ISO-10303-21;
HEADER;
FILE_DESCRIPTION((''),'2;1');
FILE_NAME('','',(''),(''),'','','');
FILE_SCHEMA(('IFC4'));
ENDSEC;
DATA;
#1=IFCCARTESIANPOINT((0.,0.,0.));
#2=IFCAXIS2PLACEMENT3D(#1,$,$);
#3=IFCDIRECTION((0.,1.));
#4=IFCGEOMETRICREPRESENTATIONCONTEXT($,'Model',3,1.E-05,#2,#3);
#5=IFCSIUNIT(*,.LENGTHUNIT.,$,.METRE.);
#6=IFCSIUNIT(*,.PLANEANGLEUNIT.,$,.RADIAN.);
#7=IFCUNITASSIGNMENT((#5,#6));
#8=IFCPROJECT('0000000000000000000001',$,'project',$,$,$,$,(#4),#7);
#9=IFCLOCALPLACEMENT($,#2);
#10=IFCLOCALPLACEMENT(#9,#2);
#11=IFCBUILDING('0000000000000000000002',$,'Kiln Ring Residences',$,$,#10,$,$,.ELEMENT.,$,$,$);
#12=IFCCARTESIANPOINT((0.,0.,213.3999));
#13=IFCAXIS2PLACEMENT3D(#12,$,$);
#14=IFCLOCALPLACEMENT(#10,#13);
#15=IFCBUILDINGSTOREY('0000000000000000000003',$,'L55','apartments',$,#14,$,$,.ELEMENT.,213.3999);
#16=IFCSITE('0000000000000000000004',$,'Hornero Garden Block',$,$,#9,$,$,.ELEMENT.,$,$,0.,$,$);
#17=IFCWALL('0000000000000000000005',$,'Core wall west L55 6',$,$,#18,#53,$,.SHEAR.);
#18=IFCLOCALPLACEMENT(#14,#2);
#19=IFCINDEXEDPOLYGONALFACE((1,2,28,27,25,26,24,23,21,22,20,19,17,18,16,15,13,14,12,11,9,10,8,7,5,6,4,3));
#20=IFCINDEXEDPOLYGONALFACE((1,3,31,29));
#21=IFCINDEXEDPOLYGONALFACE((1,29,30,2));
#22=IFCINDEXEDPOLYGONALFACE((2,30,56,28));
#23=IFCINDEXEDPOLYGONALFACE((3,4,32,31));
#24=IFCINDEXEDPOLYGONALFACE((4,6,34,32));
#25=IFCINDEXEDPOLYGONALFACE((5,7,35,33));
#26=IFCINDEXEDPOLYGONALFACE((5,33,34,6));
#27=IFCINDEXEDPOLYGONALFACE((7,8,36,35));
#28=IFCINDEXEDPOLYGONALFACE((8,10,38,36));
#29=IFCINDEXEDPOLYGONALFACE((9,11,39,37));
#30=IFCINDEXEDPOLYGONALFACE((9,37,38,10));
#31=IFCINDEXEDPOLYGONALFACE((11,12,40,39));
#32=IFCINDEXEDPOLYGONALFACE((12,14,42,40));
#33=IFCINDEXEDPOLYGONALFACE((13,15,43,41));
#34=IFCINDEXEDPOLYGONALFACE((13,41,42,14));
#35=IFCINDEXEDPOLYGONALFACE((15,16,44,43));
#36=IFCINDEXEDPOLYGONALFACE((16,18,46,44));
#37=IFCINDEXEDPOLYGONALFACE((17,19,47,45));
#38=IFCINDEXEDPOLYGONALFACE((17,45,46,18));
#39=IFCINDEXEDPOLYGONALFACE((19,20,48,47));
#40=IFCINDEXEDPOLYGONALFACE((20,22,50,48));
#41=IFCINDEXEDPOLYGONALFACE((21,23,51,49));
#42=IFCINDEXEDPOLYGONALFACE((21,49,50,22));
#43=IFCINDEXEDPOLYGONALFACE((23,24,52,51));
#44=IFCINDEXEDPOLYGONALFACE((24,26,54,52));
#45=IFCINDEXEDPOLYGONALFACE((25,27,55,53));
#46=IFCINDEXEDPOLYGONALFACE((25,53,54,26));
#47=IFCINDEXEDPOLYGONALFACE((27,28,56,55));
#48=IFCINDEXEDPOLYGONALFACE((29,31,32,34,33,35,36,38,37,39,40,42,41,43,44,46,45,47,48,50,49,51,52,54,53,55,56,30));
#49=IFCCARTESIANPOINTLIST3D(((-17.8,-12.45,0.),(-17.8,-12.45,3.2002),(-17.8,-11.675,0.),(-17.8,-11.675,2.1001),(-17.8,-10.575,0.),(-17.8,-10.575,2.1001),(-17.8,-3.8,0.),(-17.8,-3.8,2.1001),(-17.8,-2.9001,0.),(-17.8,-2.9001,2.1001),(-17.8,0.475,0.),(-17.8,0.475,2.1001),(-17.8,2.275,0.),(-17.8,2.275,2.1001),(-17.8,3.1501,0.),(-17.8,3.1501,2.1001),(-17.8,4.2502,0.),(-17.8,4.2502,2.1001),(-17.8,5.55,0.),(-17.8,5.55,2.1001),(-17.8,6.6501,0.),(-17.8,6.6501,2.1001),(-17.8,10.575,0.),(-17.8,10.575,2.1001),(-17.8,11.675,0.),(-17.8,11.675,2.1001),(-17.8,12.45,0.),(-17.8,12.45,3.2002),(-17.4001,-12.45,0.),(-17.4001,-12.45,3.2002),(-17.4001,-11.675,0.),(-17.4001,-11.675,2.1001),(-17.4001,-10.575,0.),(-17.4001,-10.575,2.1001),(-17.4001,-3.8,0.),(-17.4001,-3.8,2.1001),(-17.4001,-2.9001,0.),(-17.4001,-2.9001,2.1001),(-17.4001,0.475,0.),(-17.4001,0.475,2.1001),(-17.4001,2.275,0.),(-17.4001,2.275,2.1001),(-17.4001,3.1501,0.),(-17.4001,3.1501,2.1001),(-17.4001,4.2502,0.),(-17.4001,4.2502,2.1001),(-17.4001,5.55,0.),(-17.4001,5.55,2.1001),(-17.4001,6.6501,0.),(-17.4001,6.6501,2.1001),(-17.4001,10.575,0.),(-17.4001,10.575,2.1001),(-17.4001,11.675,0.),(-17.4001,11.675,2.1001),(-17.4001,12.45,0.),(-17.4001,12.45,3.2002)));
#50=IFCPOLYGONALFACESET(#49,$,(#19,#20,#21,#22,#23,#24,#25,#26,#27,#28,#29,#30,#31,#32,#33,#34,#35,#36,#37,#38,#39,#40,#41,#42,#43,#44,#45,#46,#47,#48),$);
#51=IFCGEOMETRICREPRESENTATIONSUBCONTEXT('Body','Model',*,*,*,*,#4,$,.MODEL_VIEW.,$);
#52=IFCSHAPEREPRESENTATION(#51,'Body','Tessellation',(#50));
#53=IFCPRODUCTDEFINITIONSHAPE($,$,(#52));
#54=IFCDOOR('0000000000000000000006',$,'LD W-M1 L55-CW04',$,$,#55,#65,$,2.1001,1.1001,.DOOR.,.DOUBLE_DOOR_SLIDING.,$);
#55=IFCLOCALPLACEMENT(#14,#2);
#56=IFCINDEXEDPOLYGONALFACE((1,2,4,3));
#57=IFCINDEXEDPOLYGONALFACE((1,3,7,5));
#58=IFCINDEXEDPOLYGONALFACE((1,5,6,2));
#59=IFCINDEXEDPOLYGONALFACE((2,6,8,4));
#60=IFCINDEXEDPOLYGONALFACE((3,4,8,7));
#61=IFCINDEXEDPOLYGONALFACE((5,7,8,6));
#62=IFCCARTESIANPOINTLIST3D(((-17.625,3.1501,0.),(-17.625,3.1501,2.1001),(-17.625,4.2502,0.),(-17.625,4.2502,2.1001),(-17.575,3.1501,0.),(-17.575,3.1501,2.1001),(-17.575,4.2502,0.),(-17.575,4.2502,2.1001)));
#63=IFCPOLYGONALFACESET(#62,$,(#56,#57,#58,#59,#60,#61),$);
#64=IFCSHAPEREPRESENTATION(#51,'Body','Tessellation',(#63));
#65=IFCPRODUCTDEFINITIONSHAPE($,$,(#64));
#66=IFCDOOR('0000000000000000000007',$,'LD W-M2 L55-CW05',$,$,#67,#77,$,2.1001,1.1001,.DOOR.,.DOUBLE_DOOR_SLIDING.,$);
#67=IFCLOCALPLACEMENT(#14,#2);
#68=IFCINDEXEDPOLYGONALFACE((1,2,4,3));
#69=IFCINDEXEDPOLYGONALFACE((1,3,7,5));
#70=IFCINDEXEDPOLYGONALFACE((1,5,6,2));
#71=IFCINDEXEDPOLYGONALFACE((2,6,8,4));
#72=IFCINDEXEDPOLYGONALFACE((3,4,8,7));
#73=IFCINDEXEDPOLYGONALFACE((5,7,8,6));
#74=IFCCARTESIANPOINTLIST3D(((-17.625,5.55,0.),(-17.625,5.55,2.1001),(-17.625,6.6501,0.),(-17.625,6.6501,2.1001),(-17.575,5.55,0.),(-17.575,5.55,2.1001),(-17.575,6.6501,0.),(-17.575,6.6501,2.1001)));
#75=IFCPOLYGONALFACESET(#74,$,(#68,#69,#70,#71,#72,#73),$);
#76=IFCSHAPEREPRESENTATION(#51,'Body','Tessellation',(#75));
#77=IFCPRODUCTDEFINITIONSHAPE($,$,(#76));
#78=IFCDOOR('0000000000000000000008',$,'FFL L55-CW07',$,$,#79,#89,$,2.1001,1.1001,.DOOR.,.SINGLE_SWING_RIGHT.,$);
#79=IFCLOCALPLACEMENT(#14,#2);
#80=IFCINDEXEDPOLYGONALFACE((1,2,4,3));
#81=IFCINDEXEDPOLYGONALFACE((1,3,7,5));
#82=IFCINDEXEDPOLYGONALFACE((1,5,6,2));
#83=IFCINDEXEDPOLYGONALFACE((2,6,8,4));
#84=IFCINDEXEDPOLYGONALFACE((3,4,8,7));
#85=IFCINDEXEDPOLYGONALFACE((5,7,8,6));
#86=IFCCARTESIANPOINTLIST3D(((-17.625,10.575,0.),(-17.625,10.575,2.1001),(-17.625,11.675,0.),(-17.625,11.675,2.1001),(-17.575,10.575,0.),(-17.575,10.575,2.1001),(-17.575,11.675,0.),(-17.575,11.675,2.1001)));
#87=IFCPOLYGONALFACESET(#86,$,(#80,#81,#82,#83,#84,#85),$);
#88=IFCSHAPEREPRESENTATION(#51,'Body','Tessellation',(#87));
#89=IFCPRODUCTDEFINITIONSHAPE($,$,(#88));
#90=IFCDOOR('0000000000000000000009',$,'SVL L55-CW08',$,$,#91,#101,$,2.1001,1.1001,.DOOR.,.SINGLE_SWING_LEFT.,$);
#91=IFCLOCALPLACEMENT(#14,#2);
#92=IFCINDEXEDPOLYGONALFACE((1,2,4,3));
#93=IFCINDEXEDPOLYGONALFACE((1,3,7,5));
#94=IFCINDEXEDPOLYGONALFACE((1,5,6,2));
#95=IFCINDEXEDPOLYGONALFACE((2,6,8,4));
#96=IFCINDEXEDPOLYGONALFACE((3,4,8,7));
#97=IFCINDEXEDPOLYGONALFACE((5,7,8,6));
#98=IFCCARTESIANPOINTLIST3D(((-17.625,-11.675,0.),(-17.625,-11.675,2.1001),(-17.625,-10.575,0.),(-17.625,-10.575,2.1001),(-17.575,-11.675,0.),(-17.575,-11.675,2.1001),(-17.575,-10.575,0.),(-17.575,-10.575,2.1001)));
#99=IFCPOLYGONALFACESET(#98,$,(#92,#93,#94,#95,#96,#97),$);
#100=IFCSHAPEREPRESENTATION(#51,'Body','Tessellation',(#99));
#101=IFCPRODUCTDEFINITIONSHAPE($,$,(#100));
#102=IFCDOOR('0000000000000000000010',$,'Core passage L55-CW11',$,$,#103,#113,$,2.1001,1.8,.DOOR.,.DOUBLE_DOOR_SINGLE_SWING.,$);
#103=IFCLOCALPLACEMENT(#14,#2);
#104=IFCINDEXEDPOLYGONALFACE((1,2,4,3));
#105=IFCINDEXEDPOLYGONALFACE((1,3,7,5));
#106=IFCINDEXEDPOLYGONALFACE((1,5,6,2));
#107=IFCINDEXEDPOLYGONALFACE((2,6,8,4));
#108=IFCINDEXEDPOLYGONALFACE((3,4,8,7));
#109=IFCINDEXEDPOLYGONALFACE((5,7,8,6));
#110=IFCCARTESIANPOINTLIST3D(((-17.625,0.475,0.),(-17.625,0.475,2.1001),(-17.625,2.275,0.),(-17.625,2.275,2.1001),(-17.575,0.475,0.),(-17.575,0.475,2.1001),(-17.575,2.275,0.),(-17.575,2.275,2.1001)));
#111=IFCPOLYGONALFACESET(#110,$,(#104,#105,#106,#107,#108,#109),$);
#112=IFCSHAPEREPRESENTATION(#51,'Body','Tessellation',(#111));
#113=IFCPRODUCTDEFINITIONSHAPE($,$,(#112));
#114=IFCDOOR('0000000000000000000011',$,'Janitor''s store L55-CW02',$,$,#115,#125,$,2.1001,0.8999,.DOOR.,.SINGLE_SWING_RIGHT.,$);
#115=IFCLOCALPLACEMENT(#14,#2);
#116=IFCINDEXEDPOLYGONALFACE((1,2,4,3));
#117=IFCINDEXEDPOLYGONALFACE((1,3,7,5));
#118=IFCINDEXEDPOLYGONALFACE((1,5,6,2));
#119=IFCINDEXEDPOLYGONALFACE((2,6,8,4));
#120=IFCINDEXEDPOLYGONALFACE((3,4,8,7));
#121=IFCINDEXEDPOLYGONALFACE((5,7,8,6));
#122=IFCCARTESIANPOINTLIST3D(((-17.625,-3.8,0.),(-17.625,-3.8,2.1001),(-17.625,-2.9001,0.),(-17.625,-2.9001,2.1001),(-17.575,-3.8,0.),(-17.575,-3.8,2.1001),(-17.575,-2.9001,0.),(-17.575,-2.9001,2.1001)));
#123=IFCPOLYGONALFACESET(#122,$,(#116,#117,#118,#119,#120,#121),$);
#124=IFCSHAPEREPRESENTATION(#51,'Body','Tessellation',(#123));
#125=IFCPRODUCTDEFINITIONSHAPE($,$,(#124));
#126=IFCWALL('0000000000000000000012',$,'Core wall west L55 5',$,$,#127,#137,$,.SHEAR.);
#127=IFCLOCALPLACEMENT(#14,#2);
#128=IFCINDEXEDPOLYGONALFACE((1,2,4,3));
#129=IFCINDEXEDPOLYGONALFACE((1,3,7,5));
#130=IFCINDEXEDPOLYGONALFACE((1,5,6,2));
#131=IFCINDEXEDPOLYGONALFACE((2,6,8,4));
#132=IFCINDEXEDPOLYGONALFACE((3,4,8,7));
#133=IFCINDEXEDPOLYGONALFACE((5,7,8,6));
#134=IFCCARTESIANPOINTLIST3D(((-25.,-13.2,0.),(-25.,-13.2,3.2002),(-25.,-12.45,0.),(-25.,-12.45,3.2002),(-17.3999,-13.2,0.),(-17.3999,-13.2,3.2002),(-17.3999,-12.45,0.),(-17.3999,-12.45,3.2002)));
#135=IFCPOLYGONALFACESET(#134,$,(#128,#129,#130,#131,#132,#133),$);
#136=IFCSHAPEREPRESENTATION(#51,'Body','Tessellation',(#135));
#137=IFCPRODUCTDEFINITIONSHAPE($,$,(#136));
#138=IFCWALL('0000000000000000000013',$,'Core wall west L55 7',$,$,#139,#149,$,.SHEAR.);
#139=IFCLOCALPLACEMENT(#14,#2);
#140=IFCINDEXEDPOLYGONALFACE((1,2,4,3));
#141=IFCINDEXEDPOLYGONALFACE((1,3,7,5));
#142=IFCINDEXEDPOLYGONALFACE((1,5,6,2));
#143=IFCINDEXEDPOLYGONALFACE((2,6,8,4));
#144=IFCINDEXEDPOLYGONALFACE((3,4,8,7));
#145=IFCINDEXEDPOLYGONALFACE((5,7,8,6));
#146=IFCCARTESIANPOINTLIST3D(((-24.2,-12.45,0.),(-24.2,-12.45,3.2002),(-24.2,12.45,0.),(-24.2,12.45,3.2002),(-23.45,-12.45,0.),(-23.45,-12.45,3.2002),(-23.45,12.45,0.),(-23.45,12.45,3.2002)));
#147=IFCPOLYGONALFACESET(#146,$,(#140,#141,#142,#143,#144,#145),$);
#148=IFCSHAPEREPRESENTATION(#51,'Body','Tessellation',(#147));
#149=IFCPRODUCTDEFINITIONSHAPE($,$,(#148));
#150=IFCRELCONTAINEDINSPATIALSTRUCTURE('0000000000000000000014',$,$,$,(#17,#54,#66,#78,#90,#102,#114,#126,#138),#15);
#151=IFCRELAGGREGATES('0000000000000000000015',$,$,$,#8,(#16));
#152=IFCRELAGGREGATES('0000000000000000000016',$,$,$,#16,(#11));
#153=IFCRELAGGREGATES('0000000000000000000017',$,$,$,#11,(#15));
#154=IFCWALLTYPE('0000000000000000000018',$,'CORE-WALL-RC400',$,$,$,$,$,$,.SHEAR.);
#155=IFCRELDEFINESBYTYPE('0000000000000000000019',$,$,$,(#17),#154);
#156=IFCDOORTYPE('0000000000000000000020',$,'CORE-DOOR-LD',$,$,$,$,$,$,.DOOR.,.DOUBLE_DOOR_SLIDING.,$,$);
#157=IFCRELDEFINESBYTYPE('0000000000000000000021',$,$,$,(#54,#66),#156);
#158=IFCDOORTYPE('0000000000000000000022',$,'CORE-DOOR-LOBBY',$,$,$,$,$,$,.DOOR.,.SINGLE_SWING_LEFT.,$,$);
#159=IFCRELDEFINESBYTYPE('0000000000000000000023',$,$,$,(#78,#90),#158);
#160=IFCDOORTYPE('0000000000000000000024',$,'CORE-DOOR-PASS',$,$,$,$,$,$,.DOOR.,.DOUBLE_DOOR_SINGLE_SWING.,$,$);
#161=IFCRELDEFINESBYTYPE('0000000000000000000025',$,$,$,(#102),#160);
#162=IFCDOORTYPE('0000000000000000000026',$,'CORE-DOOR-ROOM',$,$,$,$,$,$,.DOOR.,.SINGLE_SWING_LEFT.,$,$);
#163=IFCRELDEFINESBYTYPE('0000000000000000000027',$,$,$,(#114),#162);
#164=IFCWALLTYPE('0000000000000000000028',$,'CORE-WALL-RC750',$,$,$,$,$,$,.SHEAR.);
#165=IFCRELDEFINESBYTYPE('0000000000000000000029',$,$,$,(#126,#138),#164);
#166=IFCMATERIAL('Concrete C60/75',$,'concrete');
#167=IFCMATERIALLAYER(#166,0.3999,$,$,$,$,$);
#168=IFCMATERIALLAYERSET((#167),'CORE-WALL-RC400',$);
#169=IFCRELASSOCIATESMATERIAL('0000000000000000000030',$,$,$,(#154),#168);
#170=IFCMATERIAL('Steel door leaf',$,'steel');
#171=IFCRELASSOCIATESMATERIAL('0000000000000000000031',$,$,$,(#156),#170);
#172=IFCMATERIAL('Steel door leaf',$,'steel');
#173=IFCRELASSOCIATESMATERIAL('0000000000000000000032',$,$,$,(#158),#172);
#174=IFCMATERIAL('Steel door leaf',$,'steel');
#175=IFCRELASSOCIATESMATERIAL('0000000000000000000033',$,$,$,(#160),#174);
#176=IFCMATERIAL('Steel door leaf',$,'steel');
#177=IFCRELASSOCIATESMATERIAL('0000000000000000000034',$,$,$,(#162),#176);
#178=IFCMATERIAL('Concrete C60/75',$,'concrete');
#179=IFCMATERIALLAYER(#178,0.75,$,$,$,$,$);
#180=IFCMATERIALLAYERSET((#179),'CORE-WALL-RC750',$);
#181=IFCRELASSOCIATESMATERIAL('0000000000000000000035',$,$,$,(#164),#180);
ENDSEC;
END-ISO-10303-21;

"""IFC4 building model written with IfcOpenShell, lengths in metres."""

from ifc_helpers import new_model, si_unit, direction, frame, frame_2d, origin, place, context, subcontext, project, spatial, rectangle, extrude, material, layer, layer_set, type_object, element, fill, save


model = new_model("IFC4")

# Units and contexts
model_context = context("Model", 3, precision=1e-05, world=origin(), true_north=direction((0.0, 1.0)))
body_context = subcontext(model_context, "Body", "Model", "MODEL_VIEW")
ifc_project = project(units=[si_unit("LENGTHUNIT", "METRE"), si_unit("PLANEANGLEUNIT", "RADIAN")], contexts=[model_context])

# Site, building, storey
site_placement = place(None, origin())
site = spatial("IfcSite", under=ifc_project, at=site_placement, Name="Hornero Garden Block", CompositionType="ELEMENT", RefElevation=0.0)
building_placement = place(site_placement, origin())
building = spatial("IfcBuilding", under=site, at=building_placement, Name="Kiln Ring Residences", CompositionType="ELEMENT")
storey_placement = place(building_placement, frame((0.0, 0.0, 213.3999)))
storey = spatial("IfcBuildingStorey", under=building, at=storey_placement, Name="L55", Description="apartments", CompositionType="ELEMENT", Elevation=213.3999)

# Wall, openings, doors
ifc_material_1 = material(Name="Concrete C60/75", Category="concrete")
ifc_layer_1 = layer(ifc_material_1, 0.3999)
ifc_layer_set_1 = layer_set([ifc_layer_1], Name="CORE-WALL-RC400")
wall_type_1 = type_object("IfcWallType", Name="CORE-WALL-RC400", PredefinedType="SHEAR", material=ifc_layer_set_1)
wall_1_placement = place(storey_placement, frame((-17.6001, -12.45, 0.0), z_axis=(0.0, 0.0, 1.0), x_axis=(0.0, 1.0, 0.0)))
wall_1 = element("IfcWall", 1, at=wall_1_placement, inside=storey, type_object=wall_type_1, Name="Core wall west L55 6", PredefinedType="SHEAR", context=body_context, shape_type="SweptSolid", body=[
    extrude(rectangle(XDim=24.8999, YDim=0.3999, at=frame_2d((12.45, 0.0))), origin(), (0.0, 0.0, 1.0), 3.2002),
])
opening_1_placement = place(wall_1_placement, frame((8.6499, 0.0, 0.0)))
opening_1 = element("IfcOpeningElement", 2, at=opening_1_placement, cuts=wall_1, PredefinedType="OPENING", context=body_context, shape_type="SweptSolid", body=[
    extrude(rectangle(XDim=0.8999, YDim=2.1001, at=frame_2d((0.45, 1.05))), frame((0.0, 0.21, 0.0), z_axis=(0.0, -1.0, 0.0), x_axis=(1.0, 0.0, 0.0)), (0.0, 0.0, 1.0), 0.4199),
])
opening_2_placement = place(wall_1_placement, frame((15.6001, 0.0, 0.0)))
opening_2 = element("IfcOpeningElement", 3, at=opening_2_placement, cuts=wall_1, PredefinedType="OPENING", context=body_context, shape_type="SweptSolid", body=[
    extrude(rectangle(XDim=1.1001, YDim=2.1001, at=frame_2d((0.55, 1.05))), frame((0.0, 0.21, 0.0), z_axis=(0.0, -1.0, 0.0), x_axis=(1.0, 0.0, 0.0)), (0.0, 0.0, 1.0), 0.4199),
])
opening_3_placement = place(wall_1_placement, frame((18.0, 0.0, 0.0)))
opening_3 = element("IfcOpeningElement", 4, at=opening_3_placement, cuts=wall_1, PredefinedType="OPENING", context=body_context, shape_type="SweptSolid", body=[
    extrude(rectangle(XDim=1.1001, YDim=2.1001, at=frame_2d((0.55, 1.05))), frame((0.0, 0.21, 0.0), z_axis=(0.0, -1.0, 0.0), x_axis=(1.0, 0.0, 0.0)), (0.0, 0.0, 1.0), 0.4199),
])
opening_4_placement = place(wall_1_placement, frame((23.0249, 0.0, 0.0)))
opening_4 = element("IfcOpeningElement", 5, at=opening_4_placement, cuts=wall_1, PredefinedType="OPENING", context=body_context, shape_type="SweptSolid", body=[
    extrude(rectangle(XDim=1.1001, YDim=2.1001, at=frame_2d((0.55, 1.05))), frame((0.0, 0.21, 0.0), z_axis=(0.0, -1.0, 0.0), x_axis=(1.0, 0.0, 0.0)), (0.0, 0.0, 1.0), 0.4199),
])
opening_5_placement = place(wall_1_placement, frame((0.7749, 0.0, 0.0)))
opening_5 = element("IfcOpeningElement", 6, at=opening_5_placement, cuts=wall_1, PredefinedType="OPENING", context=body_context, shape_type="SweptSolid", body=[
    extrude(rectangle(XDim=1.1001, YDim=2.1001, at=frame_2d((0.55, 1.05))), frame((0.0, 0.21, 0.0), z_axis=(0.0, -1.0, 0.0), x_axis=(1.0, 0.0, 0.0)), (0.0, 0.0, 1.0), 0.4199),
])
opening_6_placement = place(wall_1_placement, frame((12.925, 0.0, 0.0)))
opening_6 = element("IfcOpeningElement", 7, at=opening_6_placement, cuts=wall_1, PredefinedType="OPENING", context=body_context, shape_type="SweptSolid", body=[
    extrude(rectangle(XDim=1.8, YDim=2.1001, at=frame_2d((0.8999, 1.05))), frame((0.0, 0.21, 0.0), z_axis=(0.0, -1.0, 0.0), x_axis=(1.0, 0.0, 0.0)), (0.0, 0.0, 1.0), 0.4199),
])
ifc_material_2 = material(Name="Steel door leaf", Category="steel")
door_type_1 = type_object("IfcDoorType", Name="CORE-DOOR-LD", OperationType="DOUBLE_DOOR_SLIDING", PredefinedType="DOOR", material=ifc_material_2)
door_1_placement = place(opening_2_placement, origin())
door_1 = element("IfcDoor", 8, at=door_1_placement, inside=storey, type_object=door_type_1, Name="LD W-M1 L55-CW04", OperationType="DOUBLE_DOOR_SLIDING", OverallHeight=2.1001, OverallWidth=1.1001, PredefinedType="DOOR", context=body_context, shape_type="SweptSolid", body=[
    extrude(rectangle(XDim=1.1001, YDim=2.1001, at=frame_2d((0.55, 1.05))), frame((0.0, 0.0249, 0.0), z_axis=(0.0, -1.0, 0.0), x_axis=(1.0, 0.0, 0.0)), (0.0, 0.0, 1.0), 0.05),
])
fill(opening_2, door_1)
door_2_placement = place(opening_3_placement, origin())
door_2 = element("IfcDoor", 9, at=door_2_placement, inside=storey, type_object=door_type_1, Name="LD W-M2 L55-CW05", OperationType="DOUBLE_DOOR_SLIDING", OverallHeight=2.1001, OverallWidth=1.1001, PredefinedType="DOOR", context=body_context, shape_type="SweptSolid", body=[
    extrude(rectangle(XDim=1.1001, YDim=2.1001, at=frame_2d((0.55, 1.05))), frame((0.0, 0.0249, 0.0), z_axis=(0.0, -1.0, 0.0), x_axis=(1.0, 0.0, 0.0)), (0.0, 0.0, 1.0), 0.05),
])
fill(opening_3, door_2)
ifc_material_3 = material(Name="Steel door leaf", Category="steel")
door_type_2 = type_object("IfcDoorType", Name="CORE-DOOR-LOBBY", OperationType="SINGLE_SWING_LEFT", PredefinedType="DOOR", material=ifc_material_3)
door_3_placement = place(opening_4_placement, origin())
door_3 = element("IfcDoor", 10, at=door_3_placement, inside=storey, type_object=door_type_2, Name="FFL L55-CW07", OperationType="SINGLE_SWING_RIGHT", OverallHeight=2.1001, OverallWidth=1.1001, PredefinedType="DOOR", context=body_context, shape_type="SweptSolid", body=[
    extrude(rectangle(XDim=1.1001, YDim=2.1001, at=frame_2d((0.55, 1.05))), frame((0.0, 0.0249, 0.0), z_axis=(0.0, -1.0, 0.0), x_axis=(1.0, 0.0, 0.0)), (0.0, 0.0, 1.0), 0.05),
])
fill(opening_4, door_3)
door_4_placement = place(opening_5_placement, origin())
door_4 = element("IfcDoor", 11, at=door_4_placement, inside=storey, type_object=door_type_2, Name="SVL L55-CW08", OperationType="SINGLE_SWING_LEFT", OverallHeight=2.1001, OverallWidth=1.1001, PredefinedType="DOOR", context=body_context, shape_type="SweptSolid", body=[
    extrude(rectangle(XDim=1.1001, YDim=2.1001, at=frame_2d((0.55, 1.05))), frame((0.0, 0.0249, 0.0), z_axis=(0.0, -1.0, 0.0), x_axis=(1.0, 0.0, 0.0)), (0.0, 0.0, 1.0), 0.05),
])
fill(opening_5, door_4)
ifc_material_4 = material(Name="Steel door leaf", Category="steel")
door_type_3 = type_object("IfcDoorType", Name="CORE-DOOR-PASS", OperationType="DOUBLE_DOOR_SINGLE_SWING", PredefinedType="DOOR", material=ifc_material_4)
door_5_placement = place(opening_6_placement, origin())
door_5 = element("IfcDoor", 12, at=door_5_placement, inside=storey, type_object=door_type_3, Name="Core passage L55-CW11", OperationType="DOUBLE_DOOR_SINGLE_SWING", OverallHeight=2.1001, OverallWidth=1.8, PredefinedType="DOOR", context=body_context, shape_type="SweptSolid", body=[
    extrude(rectangle(XDim=1.8, YDim=2.1001, at=frame_2d((0.8999, 1.05))), frame((0.0, 0.0249, 0.0), z_axis=(0.0, -1.0, 0.0), x_axis=(1.0, 0.0, 0.0)), (0.0, 0.0, 1.0), 0.05),
])
fill(opening_6, door_5)
ifc_material_5 = material(Name="Steel door leaf", Category="steel")
door_type_4 = type_object("IfcDoorType", Name="CORE-DOOR-ROOM", OperationType="SINGLE_SWING_LEFT", PredefinedType="DOOR", material=ifc_material_5)
door_6_placement = place(opening_1_placement, origin())
door_6 = element("IfcDoor", 13, at=door_6_placement, inside=storey, type_object=door_type_4, Name="Janitor's store L55-CW02", OperationType="SINGLE_SWING_RIGHT", OverallHeight=2.1001, OverallWidth=0.8999, PredefinedType="DOOR", context=body_context, shape_type="SweptSolid", body=[
    extrude(rectangle(XDim=0.8999, YDim=2.1001, at=frame_2d((0.45, 1.05))), frame((0.0, 0.0249, 0.0), z_axis=(0.0, -1.0, 0.0), x_axis=(1.0, 0.0, 0.0)), (0.0, 0.0, 1.0), 0.05),
])
fill(opening_1, door_6)

# Walls
ifc_material_6 = material(Name="Concrete C60/75", Category="concrete")
ifc_layer_2 = layer(ifc_material_6, 0.75)
ifc_layer_set_2 = layer_set([ifc_layer_2], Name="CORE-WALL-RC750")
wall_type_2 = type_object("IfcWallType", Name="CORE-WALL-RC750", PredefinedType="SHEAR", material=ifc_layer_set_2)
wall_2_placement = place(storey_placement, frame((-17.3999, -12.825, 0.0), z_axis=(0.0, 0.0, 1.0), x_axis=(-1.0, 0.0, 0.0)))
element("IfcWall", 14, at=wall_2_placement, inside=storey, type_object=wall_type_2, Name="Core wall west L55 5", PredefinedType="SHEAR", context=body_context, shape_type="SweptSolid", body=[
    extrude(rectangle(XDim=7.6001, YDim=0.75, at=frame_2d((3.8, 0.0))), origin(), (0.0, 0.0, 1.0), 3.2002),
])
wall_3_placement = place(storey_placement, frame((-23.825, -12.45, 0.0), z_axis=(0.0, 0.0, 1.0), x_axis=(0.0, 1.0, 0.0)))
element("IfcWall", 15, at=wall_3_placement, inside=storey, type_object=wall_type_2, Name="Core wall west L55 7", PredefinedType="SHEAR", context=body_context, shape_type="SweptSolid", body=[
    extrude(rectangle(XDim=24.8999, YDim=0.75, at=frame_2d((12.45, 0.0))), origin(), (0.0, 0.0, 1.0), 3.2002),
])

save(model, "model.ifc")
